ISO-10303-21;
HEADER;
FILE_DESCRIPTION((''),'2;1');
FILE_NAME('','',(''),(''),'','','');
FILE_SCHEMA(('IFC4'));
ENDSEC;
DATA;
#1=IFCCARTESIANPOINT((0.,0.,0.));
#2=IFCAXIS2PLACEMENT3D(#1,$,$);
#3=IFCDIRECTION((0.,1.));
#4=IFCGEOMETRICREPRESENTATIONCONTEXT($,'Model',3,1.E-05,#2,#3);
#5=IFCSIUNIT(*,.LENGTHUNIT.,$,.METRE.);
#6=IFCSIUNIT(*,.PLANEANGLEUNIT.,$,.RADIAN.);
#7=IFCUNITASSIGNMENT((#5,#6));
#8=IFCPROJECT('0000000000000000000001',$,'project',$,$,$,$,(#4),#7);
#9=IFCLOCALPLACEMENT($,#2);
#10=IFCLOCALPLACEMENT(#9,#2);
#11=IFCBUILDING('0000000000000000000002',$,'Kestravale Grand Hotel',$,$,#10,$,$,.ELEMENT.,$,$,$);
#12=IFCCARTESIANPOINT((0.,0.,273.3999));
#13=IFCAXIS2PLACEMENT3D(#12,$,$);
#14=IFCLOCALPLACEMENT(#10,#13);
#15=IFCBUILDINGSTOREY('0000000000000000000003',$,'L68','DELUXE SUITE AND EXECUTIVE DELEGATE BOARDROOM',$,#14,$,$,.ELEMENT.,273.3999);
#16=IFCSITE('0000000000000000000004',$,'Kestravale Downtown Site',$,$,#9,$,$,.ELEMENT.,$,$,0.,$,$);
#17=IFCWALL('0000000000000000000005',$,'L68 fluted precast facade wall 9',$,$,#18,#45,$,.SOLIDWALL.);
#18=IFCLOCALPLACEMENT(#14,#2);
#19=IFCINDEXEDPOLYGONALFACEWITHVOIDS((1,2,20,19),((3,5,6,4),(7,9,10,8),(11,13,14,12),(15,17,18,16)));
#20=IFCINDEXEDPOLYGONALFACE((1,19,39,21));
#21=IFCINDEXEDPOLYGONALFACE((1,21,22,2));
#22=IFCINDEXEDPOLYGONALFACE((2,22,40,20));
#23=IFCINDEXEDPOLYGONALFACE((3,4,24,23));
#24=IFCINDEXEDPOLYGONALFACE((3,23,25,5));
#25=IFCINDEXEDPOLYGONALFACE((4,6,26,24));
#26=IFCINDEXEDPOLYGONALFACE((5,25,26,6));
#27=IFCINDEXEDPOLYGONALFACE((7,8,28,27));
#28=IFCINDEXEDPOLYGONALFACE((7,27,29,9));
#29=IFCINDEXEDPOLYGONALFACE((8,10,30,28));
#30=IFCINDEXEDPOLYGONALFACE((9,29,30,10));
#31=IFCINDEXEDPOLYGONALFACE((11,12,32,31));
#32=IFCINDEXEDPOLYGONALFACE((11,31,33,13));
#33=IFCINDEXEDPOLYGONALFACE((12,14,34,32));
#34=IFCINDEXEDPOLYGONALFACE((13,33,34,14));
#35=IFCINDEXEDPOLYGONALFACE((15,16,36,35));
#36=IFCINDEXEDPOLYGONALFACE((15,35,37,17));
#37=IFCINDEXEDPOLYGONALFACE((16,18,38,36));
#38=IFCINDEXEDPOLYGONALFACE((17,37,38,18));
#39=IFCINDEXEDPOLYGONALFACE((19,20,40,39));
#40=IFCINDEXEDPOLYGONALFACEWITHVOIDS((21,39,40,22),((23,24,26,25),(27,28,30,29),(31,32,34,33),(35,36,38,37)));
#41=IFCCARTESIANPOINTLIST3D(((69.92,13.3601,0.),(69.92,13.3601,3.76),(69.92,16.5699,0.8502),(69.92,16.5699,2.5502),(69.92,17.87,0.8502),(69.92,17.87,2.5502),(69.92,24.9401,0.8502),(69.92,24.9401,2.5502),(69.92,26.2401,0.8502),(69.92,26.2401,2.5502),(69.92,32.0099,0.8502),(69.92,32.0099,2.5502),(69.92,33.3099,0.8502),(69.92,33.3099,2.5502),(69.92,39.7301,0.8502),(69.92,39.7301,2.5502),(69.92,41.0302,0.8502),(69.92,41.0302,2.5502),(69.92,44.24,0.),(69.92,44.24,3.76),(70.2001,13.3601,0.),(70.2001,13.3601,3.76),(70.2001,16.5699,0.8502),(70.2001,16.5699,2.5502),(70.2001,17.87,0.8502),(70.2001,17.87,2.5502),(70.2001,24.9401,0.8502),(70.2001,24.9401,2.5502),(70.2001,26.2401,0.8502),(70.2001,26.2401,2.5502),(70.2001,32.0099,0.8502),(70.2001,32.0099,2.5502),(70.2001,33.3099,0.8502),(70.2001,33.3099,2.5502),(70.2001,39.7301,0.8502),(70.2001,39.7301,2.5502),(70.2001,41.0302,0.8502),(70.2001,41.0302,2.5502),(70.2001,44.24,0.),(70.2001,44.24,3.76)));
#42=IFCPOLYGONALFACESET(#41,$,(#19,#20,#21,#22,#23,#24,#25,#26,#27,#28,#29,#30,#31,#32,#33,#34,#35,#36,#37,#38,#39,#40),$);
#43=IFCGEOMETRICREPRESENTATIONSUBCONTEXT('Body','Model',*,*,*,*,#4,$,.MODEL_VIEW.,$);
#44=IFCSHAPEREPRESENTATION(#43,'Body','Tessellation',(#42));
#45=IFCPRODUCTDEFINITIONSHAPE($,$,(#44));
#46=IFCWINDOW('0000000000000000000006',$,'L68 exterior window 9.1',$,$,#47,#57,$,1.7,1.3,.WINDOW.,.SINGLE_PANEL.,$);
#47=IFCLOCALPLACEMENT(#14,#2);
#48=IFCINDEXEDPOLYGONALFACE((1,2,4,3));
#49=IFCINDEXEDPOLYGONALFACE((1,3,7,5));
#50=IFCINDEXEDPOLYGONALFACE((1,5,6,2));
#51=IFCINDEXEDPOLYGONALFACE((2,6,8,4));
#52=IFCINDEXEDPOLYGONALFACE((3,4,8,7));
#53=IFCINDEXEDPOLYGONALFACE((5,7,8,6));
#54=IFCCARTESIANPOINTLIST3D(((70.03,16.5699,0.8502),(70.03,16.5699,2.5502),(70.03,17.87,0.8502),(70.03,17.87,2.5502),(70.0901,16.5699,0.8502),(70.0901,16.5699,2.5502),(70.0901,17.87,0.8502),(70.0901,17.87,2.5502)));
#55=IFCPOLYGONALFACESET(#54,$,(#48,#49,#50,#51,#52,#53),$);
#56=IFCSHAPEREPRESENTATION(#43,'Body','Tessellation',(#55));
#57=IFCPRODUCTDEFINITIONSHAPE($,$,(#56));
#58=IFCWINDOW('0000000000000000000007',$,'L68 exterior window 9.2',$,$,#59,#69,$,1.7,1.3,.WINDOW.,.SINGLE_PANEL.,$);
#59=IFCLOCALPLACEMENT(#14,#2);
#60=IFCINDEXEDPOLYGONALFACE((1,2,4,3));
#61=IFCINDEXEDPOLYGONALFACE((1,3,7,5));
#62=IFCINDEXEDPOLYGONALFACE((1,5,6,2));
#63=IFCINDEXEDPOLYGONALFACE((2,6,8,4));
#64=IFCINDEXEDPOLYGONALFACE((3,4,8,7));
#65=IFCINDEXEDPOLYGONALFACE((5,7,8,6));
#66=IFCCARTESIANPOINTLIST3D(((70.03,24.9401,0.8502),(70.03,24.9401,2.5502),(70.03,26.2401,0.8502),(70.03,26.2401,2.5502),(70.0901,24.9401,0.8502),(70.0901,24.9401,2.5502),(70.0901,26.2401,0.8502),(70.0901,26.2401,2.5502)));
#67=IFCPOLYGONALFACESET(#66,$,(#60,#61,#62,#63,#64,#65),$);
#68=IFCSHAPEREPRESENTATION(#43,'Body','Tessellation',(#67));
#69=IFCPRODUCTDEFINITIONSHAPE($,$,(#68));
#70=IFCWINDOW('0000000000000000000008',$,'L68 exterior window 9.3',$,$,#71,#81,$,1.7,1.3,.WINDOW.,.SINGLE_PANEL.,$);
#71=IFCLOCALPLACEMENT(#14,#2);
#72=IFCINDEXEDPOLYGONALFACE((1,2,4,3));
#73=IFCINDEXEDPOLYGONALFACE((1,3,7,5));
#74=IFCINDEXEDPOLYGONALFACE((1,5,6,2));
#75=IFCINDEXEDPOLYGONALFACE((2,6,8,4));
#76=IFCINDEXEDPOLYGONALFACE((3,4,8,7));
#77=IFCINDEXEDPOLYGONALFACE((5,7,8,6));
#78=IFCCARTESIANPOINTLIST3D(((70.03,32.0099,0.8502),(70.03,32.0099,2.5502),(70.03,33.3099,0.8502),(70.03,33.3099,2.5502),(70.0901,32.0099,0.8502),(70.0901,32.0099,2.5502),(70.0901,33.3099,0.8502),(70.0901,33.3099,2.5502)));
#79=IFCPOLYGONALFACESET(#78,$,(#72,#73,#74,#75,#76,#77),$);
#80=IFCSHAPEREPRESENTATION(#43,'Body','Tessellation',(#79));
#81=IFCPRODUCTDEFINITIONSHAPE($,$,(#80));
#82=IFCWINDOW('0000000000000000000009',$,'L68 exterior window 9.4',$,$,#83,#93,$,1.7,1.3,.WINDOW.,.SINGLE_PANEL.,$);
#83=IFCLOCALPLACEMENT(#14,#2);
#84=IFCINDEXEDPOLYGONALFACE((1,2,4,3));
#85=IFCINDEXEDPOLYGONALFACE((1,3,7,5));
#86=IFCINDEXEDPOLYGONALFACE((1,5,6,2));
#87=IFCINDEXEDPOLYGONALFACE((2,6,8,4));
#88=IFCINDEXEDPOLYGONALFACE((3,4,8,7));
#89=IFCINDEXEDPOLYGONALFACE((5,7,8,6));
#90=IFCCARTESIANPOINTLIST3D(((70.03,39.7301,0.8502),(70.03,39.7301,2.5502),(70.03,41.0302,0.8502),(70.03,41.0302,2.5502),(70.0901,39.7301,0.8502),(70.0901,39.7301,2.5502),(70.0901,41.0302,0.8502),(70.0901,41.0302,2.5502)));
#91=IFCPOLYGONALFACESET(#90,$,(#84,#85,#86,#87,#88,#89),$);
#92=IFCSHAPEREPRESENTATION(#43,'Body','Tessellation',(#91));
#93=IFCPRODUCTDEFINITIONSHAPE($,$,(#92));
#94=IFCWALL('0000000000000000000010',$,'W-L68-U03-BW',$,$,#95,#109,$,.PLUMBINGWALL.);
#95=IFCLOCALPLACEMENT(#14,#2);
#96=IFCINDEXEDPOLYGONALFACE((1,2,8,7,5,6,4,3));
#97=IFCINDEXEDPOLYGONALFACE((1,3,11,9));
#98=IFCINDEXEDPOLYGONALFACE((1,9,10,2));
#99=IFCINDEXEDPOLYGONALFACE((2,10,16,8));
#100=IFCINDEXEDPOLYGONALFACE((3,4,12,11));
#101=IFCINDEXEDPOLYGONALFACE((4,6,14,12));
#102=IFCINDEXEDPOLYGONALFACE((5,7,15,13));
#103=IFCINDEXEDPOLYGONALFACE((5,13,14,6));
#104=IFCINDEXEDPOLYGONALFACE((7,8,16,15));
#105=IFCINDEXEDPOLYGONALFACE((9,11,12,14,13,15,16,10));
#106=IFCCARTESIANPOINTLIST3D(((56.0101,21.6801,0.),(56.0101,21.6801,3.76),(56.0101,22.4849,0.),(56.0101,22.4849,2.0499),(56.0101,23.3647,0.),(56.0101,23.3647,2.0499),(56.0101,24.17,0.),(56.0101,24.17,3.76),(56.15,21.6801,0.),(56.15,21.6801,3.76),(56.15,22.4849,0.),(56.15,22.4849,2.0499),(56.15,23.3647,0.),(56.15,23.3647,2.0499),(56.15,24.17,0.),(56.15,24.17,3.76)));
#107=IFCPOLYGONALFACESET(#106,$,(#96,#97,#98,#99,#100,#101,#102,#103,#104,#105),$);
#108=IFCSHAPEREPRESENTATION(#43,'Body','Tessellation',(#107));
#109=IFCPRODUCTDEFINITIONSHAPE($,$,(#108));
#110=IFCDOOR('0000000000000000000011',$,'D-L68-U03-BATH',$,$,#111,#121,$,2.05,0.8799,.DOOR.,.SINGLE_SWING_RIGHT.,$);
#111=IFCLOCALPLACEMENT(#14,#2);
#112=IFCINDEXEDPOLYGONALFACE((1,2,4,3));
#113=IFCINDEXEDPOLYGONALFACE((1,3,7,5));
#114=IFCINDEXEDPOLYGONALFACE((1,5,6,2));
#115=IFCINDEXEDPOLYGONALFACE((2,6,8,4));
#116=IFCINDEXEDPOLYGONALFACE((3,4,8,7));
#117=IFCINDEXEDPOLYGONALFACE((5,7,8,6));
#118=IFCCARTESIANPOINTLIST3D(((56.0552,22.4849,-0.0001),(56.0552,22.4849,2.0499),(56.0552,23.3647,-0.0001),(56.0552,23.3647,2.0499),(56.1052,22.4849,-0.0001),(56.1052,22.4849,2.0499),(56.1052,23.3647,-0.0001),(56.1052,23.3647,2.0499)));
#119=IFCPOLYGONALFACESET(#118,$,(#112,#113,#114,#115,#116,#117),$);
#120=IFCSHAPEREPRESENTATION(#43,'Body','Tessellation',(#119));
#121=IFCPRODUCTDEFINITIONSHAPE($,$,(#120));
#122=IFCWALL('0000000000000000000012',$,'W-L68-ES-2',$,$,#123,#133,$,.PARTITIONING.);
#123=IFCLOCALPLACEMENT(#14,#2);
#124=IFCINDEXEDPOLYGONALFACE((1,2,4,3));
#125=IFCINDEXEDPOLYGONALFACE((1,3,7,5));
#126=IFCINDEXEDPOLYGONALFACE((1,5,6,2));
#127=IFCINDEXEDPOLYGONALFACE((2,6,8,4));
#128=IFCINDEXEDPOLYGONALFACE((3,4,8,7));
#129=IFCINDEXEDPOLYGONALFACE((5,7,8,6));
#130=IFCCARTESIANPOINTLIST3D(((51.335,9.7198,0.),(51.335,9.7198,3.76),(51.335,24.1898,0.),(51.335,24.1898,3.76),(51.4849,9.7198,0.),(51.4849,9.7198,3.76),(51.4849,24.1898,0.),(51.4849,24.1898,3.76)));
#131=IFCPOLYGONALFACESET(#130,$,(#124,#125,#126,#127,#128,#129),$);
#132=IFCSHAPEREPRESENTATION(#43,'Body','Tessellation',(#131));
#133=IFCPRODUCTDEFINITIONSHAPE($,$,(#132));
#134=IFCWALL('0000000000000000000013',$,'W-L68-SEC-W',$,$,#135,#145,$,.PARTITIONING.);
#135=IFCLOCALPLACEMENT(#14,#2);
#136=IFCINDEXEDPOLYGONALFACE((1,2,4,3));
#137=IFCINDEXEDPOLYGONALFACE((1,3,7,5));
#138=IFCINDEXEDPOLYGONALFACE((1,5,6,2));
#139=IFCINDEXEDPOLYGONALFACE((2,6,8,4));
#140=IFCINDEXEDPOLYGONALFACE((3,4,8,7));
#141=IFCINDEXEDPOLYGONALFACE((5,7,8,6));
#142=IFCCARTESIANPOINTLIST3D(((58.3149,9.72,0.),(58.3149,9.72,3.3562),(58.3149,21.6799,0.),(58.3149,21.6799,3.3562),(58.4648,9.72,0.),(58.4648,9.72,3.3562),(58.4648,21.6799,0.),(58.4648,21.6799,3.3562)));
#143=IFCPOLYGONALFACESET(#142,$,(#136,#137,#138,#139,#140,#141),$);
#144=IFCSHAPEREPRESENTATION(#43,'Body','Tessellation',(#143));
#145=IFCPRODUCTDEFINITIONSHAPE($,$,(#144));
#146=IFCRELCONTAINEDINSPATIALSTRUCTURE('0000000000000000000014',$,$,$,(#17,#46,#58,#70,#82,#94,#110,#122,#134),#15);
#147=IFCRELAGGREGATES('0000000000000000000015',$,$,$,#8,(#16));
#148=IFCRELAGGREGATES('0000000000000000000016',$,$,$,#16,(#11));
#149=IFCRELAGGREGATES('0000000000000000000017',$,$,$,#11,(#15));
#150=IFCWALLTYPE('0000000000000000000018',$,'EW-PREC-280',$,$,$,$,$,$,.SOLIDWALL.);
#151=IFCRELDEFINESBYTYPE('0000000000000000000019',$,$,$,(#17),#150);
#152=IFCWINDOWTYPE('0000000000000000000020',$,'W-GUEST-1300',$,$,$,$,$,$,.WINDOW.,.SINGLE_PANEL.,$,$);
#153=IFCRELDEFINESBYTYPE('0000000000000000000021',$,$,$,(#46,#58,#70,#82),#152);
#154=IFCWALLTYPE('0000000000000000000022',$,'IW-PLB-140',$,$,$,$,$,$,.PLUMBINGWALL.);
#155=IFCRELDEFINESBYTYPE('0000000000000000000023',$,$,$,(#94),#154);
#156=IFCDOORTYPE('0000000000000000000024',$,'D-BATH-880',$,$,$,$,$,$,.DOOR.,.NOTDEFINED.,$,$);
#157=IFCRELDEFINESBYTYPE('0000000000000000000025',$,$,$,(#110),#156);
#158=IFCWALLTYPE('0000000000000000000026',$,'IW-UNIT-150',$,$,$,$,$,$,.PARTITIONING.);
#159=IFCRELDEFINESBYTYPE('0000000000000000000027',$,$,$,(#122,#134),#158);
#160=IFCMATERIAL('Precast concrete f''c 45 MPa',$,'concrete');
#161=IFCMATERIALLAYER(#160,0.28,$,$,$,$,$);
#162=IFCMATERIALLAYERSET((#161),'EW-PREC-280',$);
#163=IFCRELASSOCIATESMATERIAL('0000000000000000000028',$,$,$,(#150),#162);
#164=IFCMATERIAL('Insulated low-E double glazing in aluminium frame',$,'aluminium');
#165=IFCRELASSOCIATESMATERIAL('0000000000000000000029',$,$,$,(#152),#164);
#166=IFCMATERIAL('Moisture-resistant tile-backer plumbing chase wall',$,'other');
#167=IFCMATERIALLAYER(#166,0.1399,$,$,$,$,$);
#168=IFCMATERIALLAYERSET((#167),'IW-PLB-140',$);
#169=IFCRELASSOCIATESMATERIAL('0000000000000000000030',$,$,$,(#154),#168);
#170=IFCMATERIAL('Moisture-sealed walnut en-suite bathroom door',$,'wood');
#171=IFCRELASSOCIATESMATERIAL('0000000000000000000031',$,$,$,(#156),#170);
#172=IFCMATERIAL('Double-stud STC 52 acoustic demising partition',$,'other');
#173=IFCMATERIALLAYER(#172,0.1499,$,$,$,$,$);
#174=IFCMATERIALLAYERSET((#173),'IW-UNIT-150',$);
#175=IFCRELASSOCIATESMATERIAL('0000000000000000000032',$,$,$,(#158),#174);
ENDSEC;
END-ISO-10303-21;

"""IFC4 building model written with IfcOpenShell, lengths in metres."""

from ifc_helpers import new_model, si_unit, direction, frame, frame_2d, origin, place, context, subcontext, project, spatial, rectangle, extrude, material, layer, layer_set, type_object, element, fill, save


model = new_model("IFC4")

# Units and contexts
model_context = context("Model", 3, precision=1e-05, world=origin(), true_north=direction((0.0, 1.0)))
body_context = subcontext(model_context, "Body", "Model", "MODEL_VIEW")
ifc_project = project(units=[si_unit("LENGTHUNIT", "METRE"), si_unit("PLANEANGLEUNIT", "RADIAN")], contexts=[model_context])

# Site, building, storey
site_placement = place(None, origin())
site = spatial("IfcSite", under=ifc_project, at=site_placement, Name="Kestravale Downtown Site", CompositionType="ELEMENT", RefElevation=0.0)
building_placement = place(site_placement, origin())
building = spatial("IfcBuilding", under=site, at=building_placement, Name="Kestravale Grand Hotel", CompositionType="ELEMENT")
storey_placement = place(building_placement, frame((0.0, 0.0, 273.3999)))
storey = spatial("IfcBuildingStorey", under=building, at=storey_placement, Name="L68", Description="DELUXE SUITE AND EXECUTIVE DELEGATE BOARDROOM", CompositionType="ELEMENT", Elevation=273.3999)

# Shared definitions
ifc_material_1 = material(Name="Precast concrete f'c 45 MPa", Category="concrete")
ifc_layer_1 = layer(ifc_material_1, 0.28)
ifc_layer_set_1 = layer_set([ifc_layer_1], Name="EW-PREC-280")
wall_type_1 = type_object("IfcWallType", Name="EW-PREC-280", PredefinedType="SOLIDWALL", material=ifc_layer_set_1)
ifc_material_2 = material(Name="Insulated low-E double glazing in aluminium frame", Category="aluminium")
window_type = type_object("IfcWindowType", Name="W-GUEST-1300", PartitioningType="SINGLE_PANEL", PredefinedType="WINDOW", material=ifc_material_2)

# Wall, openings, windows
wall_1_placement = place(storey_placement, frame((70.0601, 13.3601, 0.0), z_axis=(0.0, 0.0, 1.0), x_axis=(0.0, 1.0, 0.0)))
wall_1 = element("IfcWall", 1, at=wall_1_placement, inside=storey, type_object=wall_type_1, Name="L68 fluted precast facade wall 9", PredefinedType="SOLIDWALL", context=body_context, shape_type="SweptSolid", body=[
    extrude(rectangle(XDim=30.8799, YDim=0.28, at=frame_2d((15.4399, 0.0))), origin(), (0.0, 0.0, 1.0), 3.76),
])
opening_1_placement = place(wall_1_placement, frame((3.21, 0.0, 0.8501)))
opening_1 = element("IfcOpeningElement", 2, at=opening_1_placement, cuts=wall_1, PredefinedType="OPENING", context=body_context, shape_type="SweptSolid", body=[
    extrude(rectangle(XDim=1.3, YDim=1.7, at=frame_2d((0.6499, 0.8501))), frame((0.0, 0.1499, 0.0), z_axis=(0.0, -1.0, 0.0), x_axis=(1.0, 0.0, 0.0)), (0.0, 0.0, 1.0), 0.3),
])
opening_2_placement = place(wall_1_placement, frame((11.5801, 0.0, 0.8501)))
opening_2 = element("IfcOpeningElement", 3, at=opening_2_placement, cuts=wall_1, PredefinedType="OPENING", context=body_context, shape_type="SweptSolid", body=[
    extrude(rectangle(XDim=1.3, YDim=1.7, at=frame_2d((0.6499, 0.8501))), frame((0.0, 0.1499, 0.0), z_axis=(0.0, -1.0, 0.0), x_axis=(1.0, 0.0, 0.0)), (0.0, 0.0, 1.0), 0.3),
])
opening_3_placement = place(wall_1_placement, frame((18.6499, 0.0, 0.8501)))
opening_3 = element("IfcOpeningElement", 4, at=opening_3_placement, cuts=wall_1, PredefinedType="OPENING", context=body_context, shape_type="SweptSolid", body=[
    extrude(rectangle(XDim=1.3, YDim=1.7, at=frame_2d((0.6499, 0.8501))), frame((0.0, 0.1499, 0.0), z_axis=(0.0, -1.0, 0.0), x_axis=(1.0, 0.0, 0.0)), (0.0, 0.0, 1.0), 0.3),
])
opening_4_placement = place(wall_1_placement, frame((26.3701, 0.0, 0.8501)))
opening_4 = element("IfcOpeningElement", 5, at=opening_4_placement, cuts=wall_1, PredefinedType="OPENING", context=body_context, shape_type="SweptSolid", body=[
    extrude(rectangle(XDim=1.3, YDim=1.7, at=frame_2d((0.6499, 0.8501))), frame((0.0, 0.1499, 0.0), z_axis=(0.0, -1.0, 0.0), x_axis=(1.0, 0.0, 0.0)), (0.0, 0.0, 1.0), 0.3),
])
window_1_placement = place(opening_1_placement, origin())
window_1 = element("IfcWindow", 6, at=window_1_placement, inside=storey, type_object=window_type, Name="L68 exterior window 9.1", OverallHeight=1.7, OverallWidth=1.3, PartitioningType="SINGLE_PANEL", PredefinedType="WINDOW", context=body_context, shape_type="SweptSolid", body=[
    extrude(rectangle(XDim=1.3, YDim=1.7, at=frame_2d((0.6499, 0.8501))), frame((0.0, 0.03, 0.0), z_axis=(0.0, -1.0, 0.0), x_axis=(1.0, 0.0, 0.0)), (0.0, 0.0, 1.0), 0.0601),
])
fill(opening_1, window_1)
window_2_placement = place(opening_2_placement, origin())
window_2 = element("IfcWindow", 7, at=window_2_placement, inside=storey, type_object=window_type, Name="L68 exterior window 9.2", OverallHeight=1.7, OverallWidth=1.3, PartitioningType="SINGLE_PANEL", PredefinedType="WINDOW", context=body_context, shape_type="SweptSolid", body=[
    extrude(rectangle(XDim=1.3, YDim=1.7, at=frame_2d((0.6499, 0.8501))), frame((0.0, 0.03, 0.0), z_axis=(0.0, -1.0, 0.0), x_axis=(1.0, 0.0, 0.0)), (0.0, 0.0, 1.0), 0.0601),
])
fill(opening_2, window_2)
window_3_placement = place(opening_3_placement, origin())
window_3 = element("IfcWindow", 8, at=window_3_placement, inside=storey, type_object=window_type, Name="L68 exterior window 9.3", OverallHeight=1.7, OverallWidth=1.3, PartitioningType="SINGLE_PANEL", PredefinedType="WINDOW", context=body_context, shape_type="SweptSolid", body=[
    extrude(rectangle(XDim=1.3, YDim=1.7, at=frame_2d((0.6499, 0.8501))), frame((0.0, 0.03, 0.0), z_axis=(0.0, -1.0, 0.0), x_axis=(1.0, 0.0, 0.0)), (0.0, 0.0, 1.0), 0.0601),
])
fill(opening_3, window_3)
window_4_placement = place(opening_4_placement, origin())
window_4 = element("IfcWindow", 9, at=window_4_placement, inside=storey, type_object=window_type, Name="L68 exterior window 9.4", OverallHeight=1.7, OverallWidth=1.3, PartitioningType="SINGLE_PANEL", PredefinedType="WINDOW", context=body_context, shape_type="SweptSolid", body=[
    extrude(rectangle(XDim=1.3, YDim=1.7, at=frame_2d((0.6499, 0.8501))), frame((0.0, 0.03, 0.0), z_axis=(0.0, -1.0, 0.0), x_axis=(1.0, 0.0, 0.0)), (0.0, 0.0, 1.0), 0.0601),
])
fill(opening_4, window_4)

# Wall, opening, door
ifc_material_3 = material(Name="Moisture-resistant tile-backer plumbing chase wall", Category="other")
ifc_layer_2 = layer(ifc_material_3, 0.1399)
ifc_layer_set_2 = layer_set([ifc_layer_2], Name="IW-PLB-140")
wall_type_2 = type_object("IfcWallType", Name="IW-PLB-140", PredefinedType="PLUMBINGWALL", material=ifc_layer_set_2)
wall_2_placement = place(storey_placement, frame((56.0801, 21.6799, 0.0), z_axis=(0.0, 0.0, 1.0), x_axis=(0.0, 1.0, 0.0)))
wall_2 = element("IfcWall", 10, at=wall_2_placement, inside=storey, type_object=wall_type_2, Name="W-L68-U03-BW", PredefinedType="PLUMBINGWALL", context=body_context, shape_type="SweptSolid", body=[
    extrude(rectangle(XDim=2.49, YDim=0.1399, at=frame_2d((1.2451, 0.0))), origin(), (0.0, 0.0, 1.0), 3.76),
])
opening_5_placement = place(wall_2_placement, frame((0.8049, 0.0, 0.0)))
opening_5 = element("IfcOpeningElement", 11, at=opening_5_placement, cuts=wall_2, PredefinedType="OPENING", context=body_context, shape_type="SweptSolid", body=[
    extrude(rectangle(XDim=0.8799, YDim=2.05, at=frame_2d((0.4399, 1.0249))), frame((0.0, 0.0798, 0.0), z_axis=(0.0, -1.0, 0.0), x_axis=(1.0, 0.0, 0.0)), (0.0, 0.0, 1.0), 0.1599),
])
ifc_material_4 = material(Name="Moisture-sealed walnut en-suite bathroom door", Category="wood")
door_type = type_object("IfcDoorType", Name="D-BATH-880", OperationType="NOTDEFINED", PredefinedType="DOOR", material=ifc_material_4)
door_placement = place(opening_5_placement, origin())
door = element("IfcDoor", 12, at=door_placement, inside=storey, type_object=door_type, Name="D-L68-U03-BATH", OperationType="SINGLE_SWING_RIGHT", OverallHeight=2.05, OverallWidth=0.8799, PredefinedType="DOOR", context=body_context, shape_type="SweptSolid", body=[
    extrude(rectangle(XDim=0.8799, YDim=2.05, at=frame_2d((0.4399, 1.0249))), frame((0.0, 0.0249, 0.0), z_axis=(0.0, -1.0, 0.0), x_axis=(1.0, 0.0, 0.0)), (0.0, 0.0, 1.0), 0.05),
])
fill(opening_5, door)

# Walls
ifc_material_5 = material(Name="Double-stud STC 52 acoustic demising partition", Category="other")
ifc_layer_3 = layer(ifc_material_5, 0.1499)
ifc_layer_set_3 = layer_set([ifc_layer_3], Name="IW-UNIT-150")
wall_type_3 = type_object("IfcWallType", Name="IW-UNIT-150", PredefinedType="PARTITIONING", material=ifc_layer_set_3)
wall_3_placement = place(storey_placement, frame((51.4099, 9.72, 0.0), z_axis=(0.0, 0.0, 1.0), x_axis=(0.0, 1.0, 0.0)))
element("IfcWall", 13, at=wall_3_placement, inside=storey, type_object=wall_type_3, Name="W-L68-ES-2", PredefinedType="PARTITIONING", context=body_context, shape_type="SweptSolid", body=[
    extrude(rectangle(XDim=14.47, YDim=0.1499, at=frame_2d((7.2349, 0.0))), origin(), (0.0, 0.0, 1.0), 3.76),
])
wall_4_placement = place(storey_placement, frame((58.3899, 9.72, 0.0), z_axis=(0.0, 0.0, 1.0), x_axis=(0.0, 1.0, 0.0)))
element("IfcWall", 14, at=wall_4_placement, inside=storey, type_object=wall_type_3, Name="W-L68-SEC-W", PredefinedType="PARTITIONING", context=body_context, shape_type="SweptSolid", body=[
    extrude(rectangle(XDim=11.96, YDim=0.1499, at=frame_2d((5.98, 0.0))), origin(), (0.0, 0.0, 1.0), 3.3562),
])

save(model, "model.ifc")
